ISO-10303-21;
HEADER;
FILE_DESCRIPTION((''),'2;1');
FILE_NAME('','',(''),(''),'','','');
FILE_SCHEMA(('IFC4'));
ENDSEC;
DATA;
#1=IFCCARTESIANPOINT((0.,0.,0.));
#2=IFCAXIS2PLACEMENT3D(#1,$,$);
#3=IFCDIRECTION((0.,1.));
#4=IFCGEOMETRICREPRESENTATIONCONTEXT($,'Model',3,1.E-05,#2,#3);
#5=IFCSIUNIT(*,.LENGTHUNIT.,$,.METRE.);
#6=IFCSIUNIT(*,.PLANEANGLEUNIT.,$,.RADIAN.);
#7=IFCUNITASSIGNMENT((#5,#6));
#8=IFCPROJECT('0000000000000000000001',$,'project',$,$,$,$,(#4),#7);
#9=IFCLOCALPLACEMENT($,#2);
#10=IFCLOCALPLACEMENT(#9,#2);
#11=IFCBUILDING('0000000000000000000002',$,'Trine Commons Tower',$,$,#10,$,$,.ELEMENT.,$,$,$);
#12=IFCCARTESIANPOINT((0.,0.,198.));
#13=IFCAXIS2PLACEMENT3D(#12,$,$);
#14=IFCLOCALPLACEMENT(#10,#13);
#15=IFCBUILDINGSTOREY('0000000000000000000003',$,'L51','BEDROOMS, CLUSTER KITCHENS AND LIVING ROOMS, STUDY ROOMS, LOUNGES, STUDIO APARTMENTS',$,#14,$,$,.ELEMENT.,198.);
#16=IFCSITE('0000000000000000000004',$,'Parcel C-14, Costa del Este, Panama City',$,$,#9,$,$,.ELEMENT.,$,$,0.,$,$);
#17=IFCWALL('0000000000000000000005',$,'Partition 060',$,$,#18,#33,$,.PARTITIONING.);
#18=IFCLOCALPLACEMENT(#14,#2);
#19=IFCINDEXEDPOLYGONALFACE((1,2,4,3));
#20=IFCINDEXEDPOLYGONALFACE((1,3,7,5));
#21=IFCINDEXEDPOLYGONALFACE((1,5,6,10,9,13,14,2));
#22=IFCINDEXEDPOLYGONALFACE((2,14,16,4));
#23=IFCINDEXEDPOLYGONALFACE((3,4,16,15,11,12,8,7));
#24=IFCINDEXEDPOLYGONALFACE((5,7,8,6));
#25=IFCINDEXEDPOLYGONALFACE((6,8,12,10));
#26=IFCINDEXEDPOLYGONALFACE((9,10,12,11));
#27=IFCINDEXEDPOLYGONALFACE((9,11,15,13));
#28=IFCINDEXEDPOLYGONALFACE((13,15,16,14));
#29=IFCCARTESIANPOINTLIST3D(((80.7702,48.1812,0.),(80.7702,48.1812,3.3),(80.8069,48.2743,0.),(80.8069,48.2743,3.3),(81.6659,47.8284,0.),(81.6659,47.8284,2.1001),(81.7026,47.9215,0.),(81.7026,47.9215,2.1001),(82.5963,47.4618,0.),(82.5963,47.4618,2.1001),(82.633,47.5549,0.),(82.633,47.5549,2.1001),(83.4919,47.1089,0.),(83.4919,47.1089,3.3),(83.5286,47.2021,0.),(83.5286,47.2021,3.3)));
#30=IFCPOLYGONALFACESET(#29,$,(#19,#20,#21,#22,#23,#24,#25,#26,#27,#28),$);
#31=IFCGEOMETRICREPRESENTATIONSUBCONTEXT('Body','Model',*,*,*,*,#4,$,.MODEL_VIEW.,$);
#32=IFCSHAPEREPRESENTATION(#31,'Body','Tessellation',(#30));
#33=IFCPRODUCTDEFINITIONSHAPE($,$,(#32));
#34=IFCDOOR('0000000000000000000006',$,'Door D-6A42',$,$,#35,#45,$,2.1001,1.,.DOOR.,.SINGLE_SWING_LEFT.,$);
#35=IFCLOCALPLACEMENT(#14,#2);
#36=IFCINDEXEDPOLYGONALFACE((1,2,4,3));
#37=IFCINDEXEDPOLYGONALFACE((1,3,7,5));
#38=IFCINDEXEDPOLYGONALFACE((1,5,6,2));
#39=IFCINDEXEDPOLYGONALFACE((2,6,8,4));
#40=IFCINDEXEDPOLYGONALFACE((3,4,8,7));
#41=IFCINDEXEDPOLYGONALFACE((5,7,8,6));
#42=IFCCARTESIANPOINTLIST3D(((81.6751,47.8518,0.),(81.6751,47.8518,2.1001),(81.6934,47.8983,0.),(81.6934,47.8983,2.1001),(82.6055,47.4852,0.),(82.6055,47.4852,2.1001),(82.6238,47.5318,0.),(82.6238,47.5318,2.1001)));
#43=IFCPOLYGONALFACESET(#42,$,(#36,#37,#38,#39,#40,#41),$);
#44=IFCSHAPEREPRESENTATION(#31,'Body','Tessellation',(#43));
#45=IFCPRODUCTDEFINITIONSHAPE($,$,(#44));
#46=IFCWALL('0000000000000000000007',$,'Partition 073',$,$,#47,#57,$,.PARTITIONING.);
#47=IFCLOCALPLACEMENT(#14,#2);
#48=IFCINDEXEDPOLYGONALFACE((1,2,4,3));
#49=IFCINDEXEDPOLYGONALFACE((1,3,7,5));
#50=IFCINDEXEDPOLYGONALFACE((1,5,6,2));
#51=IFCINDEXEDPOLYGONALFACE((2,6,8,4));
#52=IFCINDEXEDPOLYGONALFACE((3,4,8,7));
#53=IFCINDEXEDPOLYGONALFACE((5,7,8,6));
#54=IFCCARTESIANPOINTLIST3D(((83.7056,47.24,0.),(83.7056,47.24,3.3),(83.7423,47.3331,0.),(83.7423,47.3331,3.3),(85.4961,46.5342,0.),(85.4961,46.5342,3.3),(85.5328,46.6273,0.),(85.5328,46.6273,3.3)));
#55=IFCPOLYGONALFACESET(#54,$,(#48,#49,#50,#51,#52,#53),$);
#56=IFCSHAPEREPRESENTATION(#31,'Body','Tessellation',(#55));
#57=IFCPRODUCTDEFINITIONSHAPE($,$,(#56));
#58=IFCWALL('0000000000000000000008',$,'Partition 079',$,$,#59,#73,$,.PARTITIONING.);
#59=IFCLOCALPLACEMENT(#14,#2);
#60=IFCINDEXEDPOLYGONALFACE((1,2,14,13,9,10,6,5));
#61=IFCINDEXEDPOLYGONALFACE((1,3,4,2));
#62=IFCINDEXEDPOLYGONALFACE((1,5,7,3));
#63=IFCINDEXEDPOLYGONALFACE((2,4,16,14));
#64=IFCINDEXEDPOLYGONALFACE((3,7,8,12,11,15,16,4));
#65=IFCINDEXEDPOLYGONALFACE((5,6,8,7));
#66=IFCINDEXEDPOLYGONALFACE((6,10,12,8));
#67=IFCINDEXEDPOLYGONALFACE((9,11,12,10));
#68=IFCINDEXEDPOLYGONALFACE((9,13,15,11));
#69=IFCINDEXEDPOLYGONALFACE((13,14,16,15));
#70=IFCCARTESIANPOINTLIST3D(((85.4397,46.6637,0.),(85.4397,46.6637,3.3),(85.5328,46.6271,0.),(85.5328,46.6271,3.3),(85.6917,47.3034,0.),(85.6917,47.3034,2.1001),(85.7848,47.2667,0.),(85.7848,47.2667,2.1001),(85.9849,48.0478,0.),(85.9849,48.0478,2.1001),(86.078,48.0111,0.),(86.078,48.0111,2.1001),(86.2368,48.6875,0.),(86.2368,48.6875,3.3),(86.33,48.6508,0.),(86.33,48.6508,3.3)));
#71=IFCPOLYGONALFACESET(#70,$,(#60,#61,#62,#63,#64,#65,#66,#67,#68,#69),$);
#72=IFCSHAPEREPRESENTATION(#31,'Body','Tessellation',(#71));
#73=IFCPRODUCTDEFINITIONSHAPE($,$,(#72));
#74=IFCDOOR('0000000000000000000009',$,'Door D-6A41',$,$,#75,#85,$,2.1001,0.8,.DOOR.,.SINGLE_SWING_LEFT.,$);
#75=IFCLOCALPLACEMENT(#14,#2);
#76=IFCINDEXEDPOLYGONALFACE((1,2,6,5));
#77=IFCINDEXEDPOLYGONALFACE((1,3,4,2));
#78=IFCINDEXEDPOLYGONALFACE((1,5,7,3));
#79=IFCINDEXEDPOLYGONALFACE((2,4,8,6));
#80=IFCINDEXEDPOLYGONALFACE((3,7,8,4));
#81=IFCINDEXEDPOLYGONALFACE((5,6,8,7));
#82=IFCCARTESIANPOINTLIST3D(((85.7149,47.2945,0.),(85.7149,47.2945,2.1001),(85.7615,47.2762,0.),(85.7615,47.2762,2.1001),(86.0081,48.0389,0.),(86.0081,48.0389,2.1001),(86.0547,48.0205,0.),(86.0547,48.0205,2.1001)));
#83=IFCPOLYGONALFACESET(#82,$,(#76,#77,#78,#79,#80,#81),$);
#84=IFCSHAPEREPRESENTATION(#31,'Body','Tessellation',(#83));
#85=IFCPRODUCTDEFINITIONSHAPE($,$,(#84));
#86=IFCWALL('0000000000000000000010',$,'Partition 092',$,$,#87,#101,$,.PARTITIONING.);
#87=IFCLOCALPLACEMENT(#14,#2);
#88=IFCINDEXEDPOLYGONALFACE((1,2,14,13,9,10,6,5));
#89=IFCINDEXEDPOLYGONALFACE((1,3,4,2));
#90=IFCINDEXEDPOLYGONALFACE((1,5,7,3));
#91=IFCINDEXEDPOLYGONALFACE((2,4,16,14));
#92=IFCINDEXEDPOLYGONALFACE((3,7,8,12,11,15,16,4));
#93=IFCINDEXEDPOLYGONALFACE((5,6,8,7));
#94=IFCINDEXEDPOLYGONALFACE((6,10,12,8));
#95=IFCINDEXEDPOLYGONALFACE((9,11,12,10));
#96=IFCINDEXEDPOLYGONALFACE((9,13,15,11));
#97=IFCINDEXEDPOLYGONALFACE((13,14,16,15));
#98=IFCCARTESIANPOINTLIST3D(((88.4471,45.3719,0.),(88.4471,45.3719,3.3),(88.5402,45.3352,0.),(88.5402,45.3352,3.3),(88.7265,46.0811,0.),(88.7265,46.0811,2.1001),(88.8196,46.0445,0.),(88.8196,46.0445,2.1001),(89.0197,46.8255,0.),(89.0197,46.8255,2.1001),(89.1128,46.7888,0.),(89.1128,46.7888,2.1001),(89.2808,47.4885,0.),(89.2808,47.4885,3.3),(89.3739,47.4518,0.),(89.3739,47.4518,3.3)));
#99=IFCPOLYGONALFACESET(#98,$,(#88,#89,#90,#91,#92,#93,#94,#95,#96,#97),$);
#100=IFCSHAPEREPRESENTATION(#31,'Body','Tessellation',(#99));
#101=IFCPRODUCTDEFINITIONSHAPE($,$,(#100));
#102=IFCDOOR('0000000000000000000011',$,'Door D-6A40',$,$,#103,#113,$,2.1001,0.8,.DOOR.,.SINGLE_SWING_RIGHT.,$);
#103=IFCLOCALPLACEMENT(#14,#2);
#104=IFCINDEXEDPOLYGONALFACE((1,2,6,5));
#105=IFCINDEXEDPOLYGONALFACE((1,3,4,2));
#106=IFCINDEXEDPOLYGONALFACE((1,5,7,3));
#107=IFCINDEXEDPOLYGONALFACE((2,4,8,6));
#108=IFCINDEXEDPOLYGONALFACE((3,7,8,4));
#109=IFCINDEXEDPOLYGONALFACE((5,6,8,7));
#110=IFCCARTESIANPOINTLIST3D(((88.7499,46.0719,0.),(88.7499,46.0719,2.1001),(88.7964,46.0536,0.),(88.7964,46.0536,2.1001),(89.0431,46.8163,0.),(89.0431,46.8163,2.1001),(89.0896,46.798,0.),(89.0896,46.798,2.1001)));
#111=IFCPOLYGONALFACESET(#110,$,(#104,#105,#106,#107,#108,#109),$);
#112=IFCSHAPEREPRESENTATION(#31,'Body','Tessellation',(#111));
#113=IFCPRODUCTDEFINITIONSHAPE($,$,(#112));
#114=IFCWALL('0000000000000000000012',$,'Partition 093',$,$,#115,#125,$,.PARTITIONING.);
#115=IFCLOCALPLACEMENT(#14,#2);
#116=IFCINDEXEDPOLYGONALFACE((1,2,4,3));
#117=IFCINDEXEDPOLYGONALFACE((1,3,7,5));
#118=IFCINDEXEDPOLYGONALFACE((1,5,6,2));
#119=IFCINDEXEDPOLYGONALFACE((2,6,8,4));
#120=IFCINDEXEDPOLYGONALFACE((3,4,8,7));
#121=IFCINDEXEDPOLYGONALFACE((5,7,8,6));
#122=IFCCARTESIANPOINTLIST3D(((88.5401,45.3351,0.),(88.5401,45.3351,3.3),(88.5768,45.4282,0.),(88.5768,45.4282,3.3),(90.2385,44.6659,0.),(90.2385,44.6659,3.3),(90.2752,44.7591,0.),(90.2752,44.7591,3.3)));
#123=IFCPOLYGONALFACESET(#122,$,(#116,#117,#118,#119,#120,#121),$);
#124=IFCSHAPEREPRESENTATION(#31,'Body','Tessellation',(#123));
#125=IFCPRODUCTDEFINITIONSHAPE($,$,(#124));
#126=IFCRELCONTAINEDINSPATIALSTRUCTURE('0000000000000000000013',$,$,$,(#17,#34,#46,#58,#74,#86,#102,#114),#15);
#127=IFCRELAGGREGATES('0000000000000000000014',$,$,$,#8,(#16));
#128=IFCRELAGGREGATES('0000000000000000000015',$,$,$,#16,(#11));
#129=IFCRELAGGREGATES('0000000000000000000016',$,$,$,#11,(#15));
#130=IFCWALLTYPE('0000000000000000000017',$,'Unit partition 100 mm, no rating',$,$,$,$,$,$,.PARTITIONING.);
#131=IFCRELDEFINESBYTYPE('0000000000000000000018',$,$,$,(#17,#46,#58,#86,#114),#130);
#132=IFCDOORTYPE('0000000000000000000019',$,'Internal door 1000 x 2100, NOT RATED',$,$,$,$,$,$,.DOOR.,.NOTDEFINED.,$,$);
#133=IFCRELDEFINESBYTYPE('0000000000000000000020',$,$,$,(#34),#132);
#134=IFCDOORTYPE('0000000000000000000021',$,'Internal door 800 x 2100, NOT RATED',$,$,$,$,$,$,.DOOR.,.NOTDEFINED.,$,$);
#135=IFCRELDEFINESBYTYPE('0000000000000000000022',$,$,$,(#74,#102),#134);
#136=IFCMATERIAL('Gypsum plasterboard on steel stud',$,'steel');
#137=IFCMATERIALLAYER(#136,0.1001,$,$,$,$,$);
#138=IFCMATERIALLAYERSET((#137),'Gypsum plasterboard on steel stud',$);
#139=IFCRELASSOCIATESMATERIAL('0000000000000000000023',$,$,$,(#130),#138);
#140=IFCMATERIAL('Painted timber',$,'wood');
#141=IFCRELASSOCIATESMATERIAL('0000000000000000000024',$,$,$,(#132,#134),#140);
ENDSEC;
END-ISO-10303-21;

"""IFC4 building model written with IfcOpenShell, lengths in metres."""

from ifc_helpers import new_model, si_unit, direction, frame, frame_2d, origin, place, context, subcontext, project, spatial, rectangle, extrude, material, layer, layer_set, type_object, element, fill, save


model = new_model("IFC4")

# Units and contexts
model_context = context("Model", 3, precision=1e-05, world=origin(), true_north=direction((0.0, 1.0)))
body_context = subcontext(model_context, "Body", "Model", "MODEL_VIEW")
ifc_project = project(units=[si_unit("LENGTHUNIT", "METRE"), si_unit("PLANEANGLEUNIT", "RADIAN")], contexts=[model_context])

# Site, building, storey
site_placement = place(None, origin())
site = spatial("IfcSite", under=ifc_project, at=site_placement, Name="Parcel C-14, Costa del Este, Panama City", CompositionType="ELEMENT", RefElevation=0.0)
building_placement = place(site_placement, origin())
building = spatial("IfcBuilding", under=site, at=building_placement, Name="Trine Commons Tower", CompositionType="ELEMENT")
storey_placement = place(building_placement, frame((0.0, 0.0, 198.0)))
storey = spatial("IfcBuildingStorey", under=building, at=storey_placement, Name="L51", Description="BEDROOMS, CLUSTER KITCHENS AND LIVING ROOMS, STUDY ROOMS, LOUNGES, STUDIO APARTMENTS", CompositionType="ELEMENT", Elevation=198.0)

# Shared definitions
ifc_material_1 = material(Name="Gypsum plasterboard on steel stud", Category="steel")

# Shared definitions
ifc_layer_1 = layer(ifc_material_1, 0.1001)
ifc_layer_set_1 = layer_set([ifc_layer_1], Name="Gypsum plasterboard on steel stud")
wall_type_1 = type_object("IfcWallType", Name="Unit partition 100 mm, no rating", PredefinedType="PARTITIONING", material=ifc_layer_set_1)

# Wall, opening, door
wall_1_placement = place(storey_placement, frame((80.7886, 48.2278, 0.0), z_axis=(0.0, 0.0, 1.0), x_axis=(0.930398, -0.366551, 0.0)))
wall_1 = element("IfcWall", 1, at=wall_1_placement, inside=storey, type_object=wall_type_1, Name="Partition 060", PredefinedType="PARTITIONING", context=body_context, shape_type="SweptSolid", body=[
    extrude(rectangle(XDim=2.9253, YDim=0.1001, at=frame_2d((1.4626, 0.0))), origin(), (0.0, 0.0, 1.0), 3.3),
])
opening_1_placement = place(wall_1_placement, frame((0.9626, 0.0, 0.0)))
opening_1 = element("IfcOpeningElement", 2, at=opening_1_placement, cuts=wall_1, PredefinedType="OPENING", context=body_context, shape_type="SweptSolid", body=[
    extrude(rectangle(XDim=1.0, YDim=2.1001, at=frame_2d((0.5, 1.05))), frame((0.0, 0.0601, 0.0), z_axis=(0.0, -1.0, 0.0), x_axis=(1.0, 0.0, 0.0)), (0.0, 0.0, 1.0), 0.1201),
])
ifc_material_2 = material(Name="Painted timber", Category="wood")
door_type_1 = type_object("IfcDoorType", Name="Internal door 1000 x 2100, NOT RATED", OperationType="NOTDEFINED", PredefinedType="DOOR", material=ifc_material_2)
door_1_placement = place(opening_1_placement, frame((1.0, 0.0, 0.0), z_axis=(0.0, 0.0, 1.0), x_axis=(-1.0, 0.0, 0.0)))
door_1 = element("IfcDoor", 3, at=door_1_placement, inside=storey, type_object=door_type_1, Name="Door D-6A42", OperationType="SINGLE_SWING_LEFT", OverallHeight=2.1001, OverallWidth=1.0, PredefinedType="DOOR", context=body_context, shape_type="SweptSolid", body=[
    extrude(rectangle(XDim=1.0, YDim=2.1001, at=frame_2d((0.5, 1.05))), frame((0.0, 0.0249, 0.0), z_axis=(0.0, -1.0, 0.0), x_axis=(1.0, 0.0, 0.0)), (0.0, 0.0, 1.0), 0.05),
])
fill(opening_1, door_1)

# Wall
wall_2_placement = place(storey_placement, frame((83.7239, 47.2866, 0.0), z_axis=(0.0, 0.0, 1.0), x_axis=(0.930328, -0.366727, 0.0)))
element("IfcWall", 4, at=wall_2_placement, inside=storey, type_object=wall_type_1, Name="Partition 073", PredefinedType="PARTITIONING", context=body_context, shape_type="SweptSolid", body=[
    extrude(rectangle(XDim=1.9246, YDim=0.1001, at=frame_2d((0.9624, 0.0))), origin(), (0.0, 0.0, 1.0), 3.3),
])

# Walls, openings, doors
wall_3_placement = place(storey_placement, frame((85.4863, 46.6455, 0.0), z_axis=(0.0, 0.0, 1.0), x_axis=(0.366489, 0.930422, 0.0)))
wall_3 = element("IfcWall", 5, at=wall_3_placement, inside=storey, type_object=wall_type_1, Name="Partition 079", PredefinedType="PARTITIONING", context=body_context, shape_type="SweptSolid", body=[
    extrude(rectangle(XDim=2.175, YDim=0.1001, at=frame_2d((1.0874, 0.0))), origin(), (0.0, 0.0, 1.0), 3.3),
])
opening_2_placement = place(wall_3_placement, frame((0.6875, 0.0, 0.0)))
opening_2 = element("IfcOpeningElement", 6, at=opening_2_placement, cuts=wall_3, PredefinedType="OPENING", context=body_context, shape_type="SweptSolid", body=[
    extrude(rectangle(XDim=0.8, YDim=2.1001, at=frame_2d((0.3999, 1.05))), frame((0.0, 0.0601, 0.0), z_axis=(0.0, -1.0, 0.0), x_axis=(1.0, 0.0, 0.0)), (0.0, 0.0, 1.0), 0.1201),
])
door_type_2 = type_object("IfcDoorType", Name="Internal door 800 x 2100, NOT RATED", OperationType="NOTDEFINED", PredefinedType="DOOR", material=ifc_material_2)
door_2_placement = place(opening_2_placement, frame((0.8, 0.0, 0.0), z_axis=(0.0, 0.0, 1.0), x_axis=(-1.0, 0.0, 0.0)))
door_2 = element("IfcDoor", 7, at=door_2_placement, inside=storey, type_object=door_type_2, Name="Door D-6A41", OperationType="SINGLE_SWING_LEFT", OverallHeight=2.1001, OverallWidth=0.8, PredefinedType="DOOR", context=body_context, shape_type="SweptSolid", body=[
    extrude(rectangle(XDim=0.8, YDim=2.1001, at=frame_2d((0.3999, 1.05))), frame((0.0, 0.0249, 0.0), z_axis=(0.0, -1.0, 0.0), x_axis=(1.0, 0.0, 0.0)), (0.0, 0.0, 1.0), 0.05),
])
fill(opening_2, door_2)
wall_4_placement = place(storey_placement, frame((88.4937, 45.3535, 0.0), z_axis=(0.0, 0.0, 1.0), x_axis=(0.366482, 0.930425, 0.0)))
wall_4 = element("IfcWall", 8, at=wall_4_placement, inside=storey, type_object=wall_type_1, Name="Partition 092", PredefinedType="PARTITIONING", context=body_context, shape_type="SweptSolid", body=[
    extrude(rectangle(XDim=2.2749, YDim=0.1001, at=frame_2d((1.1375, 0.0))), origin(), (0.0, 0.0, 1.0), 3.3),
])
opening_3_placement = place(wall_4_placement, frame((0.7625, 0.0, 0.0)))
opening_3 = element("IfcOpeningElement", 9, at=opening_3_placement, cuts=wall_4, PredefinedType="OPENING", context=body_context, shape_type="SweptSolid", body=[
    extrude(rectangle(XDim=0.8, YDim=2.1001, at=frame_2d((0.3999, 1.05))), frame((0.0, 0.0601, 0.0), z_axis=(0.0, -1.0, 0.0), x_axis=(1.0, 0.0, 0.0)), (0.0, 0.0, 1.0), 0.1201),
])
door_3_placement = place(opening_3_placement, origin())
door_3 = element("IfcDoor", 10, at=door_3_placement, inside=storey, type_object=door_type_2, Name="Door D-6A40", OperationType="SINGLE_SWING_RIGHT", OverallHeight=2.1001, OverallWidth=0.8, PredefinedType="DOOR", context=body_context, shape_type="SweptSolid", body=[
    extrude(rectangle(XDim=0.8, YDim=2.1001, at=frame_2d((0.3999, 1.05))), frame((0.0, 0.0249, 0.0), z_axis=(0.0, -1.0, 0.0), x_axis=(1.0, 0.0, 0.0)), (0.0, 0.0, 1.0), 0.05),
])
fill(opening_3, door_3)

# Wall
wall_5_placement = place(storey_placement, frame((88.5586, 45.3816, 0.0), z_axis=(0.0, 0.0, 1.0), x_axis=(0.930392, -0.366567, 0.0)))
element("IfcWall", 11, at=wall_5_placement, inside=storey, type_object=wall_type_1, Name="Partition 093", PredefinedType="PARTITIONING", context=body_context, shape_type="SweptSolid", body=[
    extrude(rectangle(XDim=1.8254, YDim=0.1001, at=frame_2d((0.9126, 0.0))), origin(), (0.0, 0.0, 1.0), 3.3),
])

save(model, "model.ifc")
